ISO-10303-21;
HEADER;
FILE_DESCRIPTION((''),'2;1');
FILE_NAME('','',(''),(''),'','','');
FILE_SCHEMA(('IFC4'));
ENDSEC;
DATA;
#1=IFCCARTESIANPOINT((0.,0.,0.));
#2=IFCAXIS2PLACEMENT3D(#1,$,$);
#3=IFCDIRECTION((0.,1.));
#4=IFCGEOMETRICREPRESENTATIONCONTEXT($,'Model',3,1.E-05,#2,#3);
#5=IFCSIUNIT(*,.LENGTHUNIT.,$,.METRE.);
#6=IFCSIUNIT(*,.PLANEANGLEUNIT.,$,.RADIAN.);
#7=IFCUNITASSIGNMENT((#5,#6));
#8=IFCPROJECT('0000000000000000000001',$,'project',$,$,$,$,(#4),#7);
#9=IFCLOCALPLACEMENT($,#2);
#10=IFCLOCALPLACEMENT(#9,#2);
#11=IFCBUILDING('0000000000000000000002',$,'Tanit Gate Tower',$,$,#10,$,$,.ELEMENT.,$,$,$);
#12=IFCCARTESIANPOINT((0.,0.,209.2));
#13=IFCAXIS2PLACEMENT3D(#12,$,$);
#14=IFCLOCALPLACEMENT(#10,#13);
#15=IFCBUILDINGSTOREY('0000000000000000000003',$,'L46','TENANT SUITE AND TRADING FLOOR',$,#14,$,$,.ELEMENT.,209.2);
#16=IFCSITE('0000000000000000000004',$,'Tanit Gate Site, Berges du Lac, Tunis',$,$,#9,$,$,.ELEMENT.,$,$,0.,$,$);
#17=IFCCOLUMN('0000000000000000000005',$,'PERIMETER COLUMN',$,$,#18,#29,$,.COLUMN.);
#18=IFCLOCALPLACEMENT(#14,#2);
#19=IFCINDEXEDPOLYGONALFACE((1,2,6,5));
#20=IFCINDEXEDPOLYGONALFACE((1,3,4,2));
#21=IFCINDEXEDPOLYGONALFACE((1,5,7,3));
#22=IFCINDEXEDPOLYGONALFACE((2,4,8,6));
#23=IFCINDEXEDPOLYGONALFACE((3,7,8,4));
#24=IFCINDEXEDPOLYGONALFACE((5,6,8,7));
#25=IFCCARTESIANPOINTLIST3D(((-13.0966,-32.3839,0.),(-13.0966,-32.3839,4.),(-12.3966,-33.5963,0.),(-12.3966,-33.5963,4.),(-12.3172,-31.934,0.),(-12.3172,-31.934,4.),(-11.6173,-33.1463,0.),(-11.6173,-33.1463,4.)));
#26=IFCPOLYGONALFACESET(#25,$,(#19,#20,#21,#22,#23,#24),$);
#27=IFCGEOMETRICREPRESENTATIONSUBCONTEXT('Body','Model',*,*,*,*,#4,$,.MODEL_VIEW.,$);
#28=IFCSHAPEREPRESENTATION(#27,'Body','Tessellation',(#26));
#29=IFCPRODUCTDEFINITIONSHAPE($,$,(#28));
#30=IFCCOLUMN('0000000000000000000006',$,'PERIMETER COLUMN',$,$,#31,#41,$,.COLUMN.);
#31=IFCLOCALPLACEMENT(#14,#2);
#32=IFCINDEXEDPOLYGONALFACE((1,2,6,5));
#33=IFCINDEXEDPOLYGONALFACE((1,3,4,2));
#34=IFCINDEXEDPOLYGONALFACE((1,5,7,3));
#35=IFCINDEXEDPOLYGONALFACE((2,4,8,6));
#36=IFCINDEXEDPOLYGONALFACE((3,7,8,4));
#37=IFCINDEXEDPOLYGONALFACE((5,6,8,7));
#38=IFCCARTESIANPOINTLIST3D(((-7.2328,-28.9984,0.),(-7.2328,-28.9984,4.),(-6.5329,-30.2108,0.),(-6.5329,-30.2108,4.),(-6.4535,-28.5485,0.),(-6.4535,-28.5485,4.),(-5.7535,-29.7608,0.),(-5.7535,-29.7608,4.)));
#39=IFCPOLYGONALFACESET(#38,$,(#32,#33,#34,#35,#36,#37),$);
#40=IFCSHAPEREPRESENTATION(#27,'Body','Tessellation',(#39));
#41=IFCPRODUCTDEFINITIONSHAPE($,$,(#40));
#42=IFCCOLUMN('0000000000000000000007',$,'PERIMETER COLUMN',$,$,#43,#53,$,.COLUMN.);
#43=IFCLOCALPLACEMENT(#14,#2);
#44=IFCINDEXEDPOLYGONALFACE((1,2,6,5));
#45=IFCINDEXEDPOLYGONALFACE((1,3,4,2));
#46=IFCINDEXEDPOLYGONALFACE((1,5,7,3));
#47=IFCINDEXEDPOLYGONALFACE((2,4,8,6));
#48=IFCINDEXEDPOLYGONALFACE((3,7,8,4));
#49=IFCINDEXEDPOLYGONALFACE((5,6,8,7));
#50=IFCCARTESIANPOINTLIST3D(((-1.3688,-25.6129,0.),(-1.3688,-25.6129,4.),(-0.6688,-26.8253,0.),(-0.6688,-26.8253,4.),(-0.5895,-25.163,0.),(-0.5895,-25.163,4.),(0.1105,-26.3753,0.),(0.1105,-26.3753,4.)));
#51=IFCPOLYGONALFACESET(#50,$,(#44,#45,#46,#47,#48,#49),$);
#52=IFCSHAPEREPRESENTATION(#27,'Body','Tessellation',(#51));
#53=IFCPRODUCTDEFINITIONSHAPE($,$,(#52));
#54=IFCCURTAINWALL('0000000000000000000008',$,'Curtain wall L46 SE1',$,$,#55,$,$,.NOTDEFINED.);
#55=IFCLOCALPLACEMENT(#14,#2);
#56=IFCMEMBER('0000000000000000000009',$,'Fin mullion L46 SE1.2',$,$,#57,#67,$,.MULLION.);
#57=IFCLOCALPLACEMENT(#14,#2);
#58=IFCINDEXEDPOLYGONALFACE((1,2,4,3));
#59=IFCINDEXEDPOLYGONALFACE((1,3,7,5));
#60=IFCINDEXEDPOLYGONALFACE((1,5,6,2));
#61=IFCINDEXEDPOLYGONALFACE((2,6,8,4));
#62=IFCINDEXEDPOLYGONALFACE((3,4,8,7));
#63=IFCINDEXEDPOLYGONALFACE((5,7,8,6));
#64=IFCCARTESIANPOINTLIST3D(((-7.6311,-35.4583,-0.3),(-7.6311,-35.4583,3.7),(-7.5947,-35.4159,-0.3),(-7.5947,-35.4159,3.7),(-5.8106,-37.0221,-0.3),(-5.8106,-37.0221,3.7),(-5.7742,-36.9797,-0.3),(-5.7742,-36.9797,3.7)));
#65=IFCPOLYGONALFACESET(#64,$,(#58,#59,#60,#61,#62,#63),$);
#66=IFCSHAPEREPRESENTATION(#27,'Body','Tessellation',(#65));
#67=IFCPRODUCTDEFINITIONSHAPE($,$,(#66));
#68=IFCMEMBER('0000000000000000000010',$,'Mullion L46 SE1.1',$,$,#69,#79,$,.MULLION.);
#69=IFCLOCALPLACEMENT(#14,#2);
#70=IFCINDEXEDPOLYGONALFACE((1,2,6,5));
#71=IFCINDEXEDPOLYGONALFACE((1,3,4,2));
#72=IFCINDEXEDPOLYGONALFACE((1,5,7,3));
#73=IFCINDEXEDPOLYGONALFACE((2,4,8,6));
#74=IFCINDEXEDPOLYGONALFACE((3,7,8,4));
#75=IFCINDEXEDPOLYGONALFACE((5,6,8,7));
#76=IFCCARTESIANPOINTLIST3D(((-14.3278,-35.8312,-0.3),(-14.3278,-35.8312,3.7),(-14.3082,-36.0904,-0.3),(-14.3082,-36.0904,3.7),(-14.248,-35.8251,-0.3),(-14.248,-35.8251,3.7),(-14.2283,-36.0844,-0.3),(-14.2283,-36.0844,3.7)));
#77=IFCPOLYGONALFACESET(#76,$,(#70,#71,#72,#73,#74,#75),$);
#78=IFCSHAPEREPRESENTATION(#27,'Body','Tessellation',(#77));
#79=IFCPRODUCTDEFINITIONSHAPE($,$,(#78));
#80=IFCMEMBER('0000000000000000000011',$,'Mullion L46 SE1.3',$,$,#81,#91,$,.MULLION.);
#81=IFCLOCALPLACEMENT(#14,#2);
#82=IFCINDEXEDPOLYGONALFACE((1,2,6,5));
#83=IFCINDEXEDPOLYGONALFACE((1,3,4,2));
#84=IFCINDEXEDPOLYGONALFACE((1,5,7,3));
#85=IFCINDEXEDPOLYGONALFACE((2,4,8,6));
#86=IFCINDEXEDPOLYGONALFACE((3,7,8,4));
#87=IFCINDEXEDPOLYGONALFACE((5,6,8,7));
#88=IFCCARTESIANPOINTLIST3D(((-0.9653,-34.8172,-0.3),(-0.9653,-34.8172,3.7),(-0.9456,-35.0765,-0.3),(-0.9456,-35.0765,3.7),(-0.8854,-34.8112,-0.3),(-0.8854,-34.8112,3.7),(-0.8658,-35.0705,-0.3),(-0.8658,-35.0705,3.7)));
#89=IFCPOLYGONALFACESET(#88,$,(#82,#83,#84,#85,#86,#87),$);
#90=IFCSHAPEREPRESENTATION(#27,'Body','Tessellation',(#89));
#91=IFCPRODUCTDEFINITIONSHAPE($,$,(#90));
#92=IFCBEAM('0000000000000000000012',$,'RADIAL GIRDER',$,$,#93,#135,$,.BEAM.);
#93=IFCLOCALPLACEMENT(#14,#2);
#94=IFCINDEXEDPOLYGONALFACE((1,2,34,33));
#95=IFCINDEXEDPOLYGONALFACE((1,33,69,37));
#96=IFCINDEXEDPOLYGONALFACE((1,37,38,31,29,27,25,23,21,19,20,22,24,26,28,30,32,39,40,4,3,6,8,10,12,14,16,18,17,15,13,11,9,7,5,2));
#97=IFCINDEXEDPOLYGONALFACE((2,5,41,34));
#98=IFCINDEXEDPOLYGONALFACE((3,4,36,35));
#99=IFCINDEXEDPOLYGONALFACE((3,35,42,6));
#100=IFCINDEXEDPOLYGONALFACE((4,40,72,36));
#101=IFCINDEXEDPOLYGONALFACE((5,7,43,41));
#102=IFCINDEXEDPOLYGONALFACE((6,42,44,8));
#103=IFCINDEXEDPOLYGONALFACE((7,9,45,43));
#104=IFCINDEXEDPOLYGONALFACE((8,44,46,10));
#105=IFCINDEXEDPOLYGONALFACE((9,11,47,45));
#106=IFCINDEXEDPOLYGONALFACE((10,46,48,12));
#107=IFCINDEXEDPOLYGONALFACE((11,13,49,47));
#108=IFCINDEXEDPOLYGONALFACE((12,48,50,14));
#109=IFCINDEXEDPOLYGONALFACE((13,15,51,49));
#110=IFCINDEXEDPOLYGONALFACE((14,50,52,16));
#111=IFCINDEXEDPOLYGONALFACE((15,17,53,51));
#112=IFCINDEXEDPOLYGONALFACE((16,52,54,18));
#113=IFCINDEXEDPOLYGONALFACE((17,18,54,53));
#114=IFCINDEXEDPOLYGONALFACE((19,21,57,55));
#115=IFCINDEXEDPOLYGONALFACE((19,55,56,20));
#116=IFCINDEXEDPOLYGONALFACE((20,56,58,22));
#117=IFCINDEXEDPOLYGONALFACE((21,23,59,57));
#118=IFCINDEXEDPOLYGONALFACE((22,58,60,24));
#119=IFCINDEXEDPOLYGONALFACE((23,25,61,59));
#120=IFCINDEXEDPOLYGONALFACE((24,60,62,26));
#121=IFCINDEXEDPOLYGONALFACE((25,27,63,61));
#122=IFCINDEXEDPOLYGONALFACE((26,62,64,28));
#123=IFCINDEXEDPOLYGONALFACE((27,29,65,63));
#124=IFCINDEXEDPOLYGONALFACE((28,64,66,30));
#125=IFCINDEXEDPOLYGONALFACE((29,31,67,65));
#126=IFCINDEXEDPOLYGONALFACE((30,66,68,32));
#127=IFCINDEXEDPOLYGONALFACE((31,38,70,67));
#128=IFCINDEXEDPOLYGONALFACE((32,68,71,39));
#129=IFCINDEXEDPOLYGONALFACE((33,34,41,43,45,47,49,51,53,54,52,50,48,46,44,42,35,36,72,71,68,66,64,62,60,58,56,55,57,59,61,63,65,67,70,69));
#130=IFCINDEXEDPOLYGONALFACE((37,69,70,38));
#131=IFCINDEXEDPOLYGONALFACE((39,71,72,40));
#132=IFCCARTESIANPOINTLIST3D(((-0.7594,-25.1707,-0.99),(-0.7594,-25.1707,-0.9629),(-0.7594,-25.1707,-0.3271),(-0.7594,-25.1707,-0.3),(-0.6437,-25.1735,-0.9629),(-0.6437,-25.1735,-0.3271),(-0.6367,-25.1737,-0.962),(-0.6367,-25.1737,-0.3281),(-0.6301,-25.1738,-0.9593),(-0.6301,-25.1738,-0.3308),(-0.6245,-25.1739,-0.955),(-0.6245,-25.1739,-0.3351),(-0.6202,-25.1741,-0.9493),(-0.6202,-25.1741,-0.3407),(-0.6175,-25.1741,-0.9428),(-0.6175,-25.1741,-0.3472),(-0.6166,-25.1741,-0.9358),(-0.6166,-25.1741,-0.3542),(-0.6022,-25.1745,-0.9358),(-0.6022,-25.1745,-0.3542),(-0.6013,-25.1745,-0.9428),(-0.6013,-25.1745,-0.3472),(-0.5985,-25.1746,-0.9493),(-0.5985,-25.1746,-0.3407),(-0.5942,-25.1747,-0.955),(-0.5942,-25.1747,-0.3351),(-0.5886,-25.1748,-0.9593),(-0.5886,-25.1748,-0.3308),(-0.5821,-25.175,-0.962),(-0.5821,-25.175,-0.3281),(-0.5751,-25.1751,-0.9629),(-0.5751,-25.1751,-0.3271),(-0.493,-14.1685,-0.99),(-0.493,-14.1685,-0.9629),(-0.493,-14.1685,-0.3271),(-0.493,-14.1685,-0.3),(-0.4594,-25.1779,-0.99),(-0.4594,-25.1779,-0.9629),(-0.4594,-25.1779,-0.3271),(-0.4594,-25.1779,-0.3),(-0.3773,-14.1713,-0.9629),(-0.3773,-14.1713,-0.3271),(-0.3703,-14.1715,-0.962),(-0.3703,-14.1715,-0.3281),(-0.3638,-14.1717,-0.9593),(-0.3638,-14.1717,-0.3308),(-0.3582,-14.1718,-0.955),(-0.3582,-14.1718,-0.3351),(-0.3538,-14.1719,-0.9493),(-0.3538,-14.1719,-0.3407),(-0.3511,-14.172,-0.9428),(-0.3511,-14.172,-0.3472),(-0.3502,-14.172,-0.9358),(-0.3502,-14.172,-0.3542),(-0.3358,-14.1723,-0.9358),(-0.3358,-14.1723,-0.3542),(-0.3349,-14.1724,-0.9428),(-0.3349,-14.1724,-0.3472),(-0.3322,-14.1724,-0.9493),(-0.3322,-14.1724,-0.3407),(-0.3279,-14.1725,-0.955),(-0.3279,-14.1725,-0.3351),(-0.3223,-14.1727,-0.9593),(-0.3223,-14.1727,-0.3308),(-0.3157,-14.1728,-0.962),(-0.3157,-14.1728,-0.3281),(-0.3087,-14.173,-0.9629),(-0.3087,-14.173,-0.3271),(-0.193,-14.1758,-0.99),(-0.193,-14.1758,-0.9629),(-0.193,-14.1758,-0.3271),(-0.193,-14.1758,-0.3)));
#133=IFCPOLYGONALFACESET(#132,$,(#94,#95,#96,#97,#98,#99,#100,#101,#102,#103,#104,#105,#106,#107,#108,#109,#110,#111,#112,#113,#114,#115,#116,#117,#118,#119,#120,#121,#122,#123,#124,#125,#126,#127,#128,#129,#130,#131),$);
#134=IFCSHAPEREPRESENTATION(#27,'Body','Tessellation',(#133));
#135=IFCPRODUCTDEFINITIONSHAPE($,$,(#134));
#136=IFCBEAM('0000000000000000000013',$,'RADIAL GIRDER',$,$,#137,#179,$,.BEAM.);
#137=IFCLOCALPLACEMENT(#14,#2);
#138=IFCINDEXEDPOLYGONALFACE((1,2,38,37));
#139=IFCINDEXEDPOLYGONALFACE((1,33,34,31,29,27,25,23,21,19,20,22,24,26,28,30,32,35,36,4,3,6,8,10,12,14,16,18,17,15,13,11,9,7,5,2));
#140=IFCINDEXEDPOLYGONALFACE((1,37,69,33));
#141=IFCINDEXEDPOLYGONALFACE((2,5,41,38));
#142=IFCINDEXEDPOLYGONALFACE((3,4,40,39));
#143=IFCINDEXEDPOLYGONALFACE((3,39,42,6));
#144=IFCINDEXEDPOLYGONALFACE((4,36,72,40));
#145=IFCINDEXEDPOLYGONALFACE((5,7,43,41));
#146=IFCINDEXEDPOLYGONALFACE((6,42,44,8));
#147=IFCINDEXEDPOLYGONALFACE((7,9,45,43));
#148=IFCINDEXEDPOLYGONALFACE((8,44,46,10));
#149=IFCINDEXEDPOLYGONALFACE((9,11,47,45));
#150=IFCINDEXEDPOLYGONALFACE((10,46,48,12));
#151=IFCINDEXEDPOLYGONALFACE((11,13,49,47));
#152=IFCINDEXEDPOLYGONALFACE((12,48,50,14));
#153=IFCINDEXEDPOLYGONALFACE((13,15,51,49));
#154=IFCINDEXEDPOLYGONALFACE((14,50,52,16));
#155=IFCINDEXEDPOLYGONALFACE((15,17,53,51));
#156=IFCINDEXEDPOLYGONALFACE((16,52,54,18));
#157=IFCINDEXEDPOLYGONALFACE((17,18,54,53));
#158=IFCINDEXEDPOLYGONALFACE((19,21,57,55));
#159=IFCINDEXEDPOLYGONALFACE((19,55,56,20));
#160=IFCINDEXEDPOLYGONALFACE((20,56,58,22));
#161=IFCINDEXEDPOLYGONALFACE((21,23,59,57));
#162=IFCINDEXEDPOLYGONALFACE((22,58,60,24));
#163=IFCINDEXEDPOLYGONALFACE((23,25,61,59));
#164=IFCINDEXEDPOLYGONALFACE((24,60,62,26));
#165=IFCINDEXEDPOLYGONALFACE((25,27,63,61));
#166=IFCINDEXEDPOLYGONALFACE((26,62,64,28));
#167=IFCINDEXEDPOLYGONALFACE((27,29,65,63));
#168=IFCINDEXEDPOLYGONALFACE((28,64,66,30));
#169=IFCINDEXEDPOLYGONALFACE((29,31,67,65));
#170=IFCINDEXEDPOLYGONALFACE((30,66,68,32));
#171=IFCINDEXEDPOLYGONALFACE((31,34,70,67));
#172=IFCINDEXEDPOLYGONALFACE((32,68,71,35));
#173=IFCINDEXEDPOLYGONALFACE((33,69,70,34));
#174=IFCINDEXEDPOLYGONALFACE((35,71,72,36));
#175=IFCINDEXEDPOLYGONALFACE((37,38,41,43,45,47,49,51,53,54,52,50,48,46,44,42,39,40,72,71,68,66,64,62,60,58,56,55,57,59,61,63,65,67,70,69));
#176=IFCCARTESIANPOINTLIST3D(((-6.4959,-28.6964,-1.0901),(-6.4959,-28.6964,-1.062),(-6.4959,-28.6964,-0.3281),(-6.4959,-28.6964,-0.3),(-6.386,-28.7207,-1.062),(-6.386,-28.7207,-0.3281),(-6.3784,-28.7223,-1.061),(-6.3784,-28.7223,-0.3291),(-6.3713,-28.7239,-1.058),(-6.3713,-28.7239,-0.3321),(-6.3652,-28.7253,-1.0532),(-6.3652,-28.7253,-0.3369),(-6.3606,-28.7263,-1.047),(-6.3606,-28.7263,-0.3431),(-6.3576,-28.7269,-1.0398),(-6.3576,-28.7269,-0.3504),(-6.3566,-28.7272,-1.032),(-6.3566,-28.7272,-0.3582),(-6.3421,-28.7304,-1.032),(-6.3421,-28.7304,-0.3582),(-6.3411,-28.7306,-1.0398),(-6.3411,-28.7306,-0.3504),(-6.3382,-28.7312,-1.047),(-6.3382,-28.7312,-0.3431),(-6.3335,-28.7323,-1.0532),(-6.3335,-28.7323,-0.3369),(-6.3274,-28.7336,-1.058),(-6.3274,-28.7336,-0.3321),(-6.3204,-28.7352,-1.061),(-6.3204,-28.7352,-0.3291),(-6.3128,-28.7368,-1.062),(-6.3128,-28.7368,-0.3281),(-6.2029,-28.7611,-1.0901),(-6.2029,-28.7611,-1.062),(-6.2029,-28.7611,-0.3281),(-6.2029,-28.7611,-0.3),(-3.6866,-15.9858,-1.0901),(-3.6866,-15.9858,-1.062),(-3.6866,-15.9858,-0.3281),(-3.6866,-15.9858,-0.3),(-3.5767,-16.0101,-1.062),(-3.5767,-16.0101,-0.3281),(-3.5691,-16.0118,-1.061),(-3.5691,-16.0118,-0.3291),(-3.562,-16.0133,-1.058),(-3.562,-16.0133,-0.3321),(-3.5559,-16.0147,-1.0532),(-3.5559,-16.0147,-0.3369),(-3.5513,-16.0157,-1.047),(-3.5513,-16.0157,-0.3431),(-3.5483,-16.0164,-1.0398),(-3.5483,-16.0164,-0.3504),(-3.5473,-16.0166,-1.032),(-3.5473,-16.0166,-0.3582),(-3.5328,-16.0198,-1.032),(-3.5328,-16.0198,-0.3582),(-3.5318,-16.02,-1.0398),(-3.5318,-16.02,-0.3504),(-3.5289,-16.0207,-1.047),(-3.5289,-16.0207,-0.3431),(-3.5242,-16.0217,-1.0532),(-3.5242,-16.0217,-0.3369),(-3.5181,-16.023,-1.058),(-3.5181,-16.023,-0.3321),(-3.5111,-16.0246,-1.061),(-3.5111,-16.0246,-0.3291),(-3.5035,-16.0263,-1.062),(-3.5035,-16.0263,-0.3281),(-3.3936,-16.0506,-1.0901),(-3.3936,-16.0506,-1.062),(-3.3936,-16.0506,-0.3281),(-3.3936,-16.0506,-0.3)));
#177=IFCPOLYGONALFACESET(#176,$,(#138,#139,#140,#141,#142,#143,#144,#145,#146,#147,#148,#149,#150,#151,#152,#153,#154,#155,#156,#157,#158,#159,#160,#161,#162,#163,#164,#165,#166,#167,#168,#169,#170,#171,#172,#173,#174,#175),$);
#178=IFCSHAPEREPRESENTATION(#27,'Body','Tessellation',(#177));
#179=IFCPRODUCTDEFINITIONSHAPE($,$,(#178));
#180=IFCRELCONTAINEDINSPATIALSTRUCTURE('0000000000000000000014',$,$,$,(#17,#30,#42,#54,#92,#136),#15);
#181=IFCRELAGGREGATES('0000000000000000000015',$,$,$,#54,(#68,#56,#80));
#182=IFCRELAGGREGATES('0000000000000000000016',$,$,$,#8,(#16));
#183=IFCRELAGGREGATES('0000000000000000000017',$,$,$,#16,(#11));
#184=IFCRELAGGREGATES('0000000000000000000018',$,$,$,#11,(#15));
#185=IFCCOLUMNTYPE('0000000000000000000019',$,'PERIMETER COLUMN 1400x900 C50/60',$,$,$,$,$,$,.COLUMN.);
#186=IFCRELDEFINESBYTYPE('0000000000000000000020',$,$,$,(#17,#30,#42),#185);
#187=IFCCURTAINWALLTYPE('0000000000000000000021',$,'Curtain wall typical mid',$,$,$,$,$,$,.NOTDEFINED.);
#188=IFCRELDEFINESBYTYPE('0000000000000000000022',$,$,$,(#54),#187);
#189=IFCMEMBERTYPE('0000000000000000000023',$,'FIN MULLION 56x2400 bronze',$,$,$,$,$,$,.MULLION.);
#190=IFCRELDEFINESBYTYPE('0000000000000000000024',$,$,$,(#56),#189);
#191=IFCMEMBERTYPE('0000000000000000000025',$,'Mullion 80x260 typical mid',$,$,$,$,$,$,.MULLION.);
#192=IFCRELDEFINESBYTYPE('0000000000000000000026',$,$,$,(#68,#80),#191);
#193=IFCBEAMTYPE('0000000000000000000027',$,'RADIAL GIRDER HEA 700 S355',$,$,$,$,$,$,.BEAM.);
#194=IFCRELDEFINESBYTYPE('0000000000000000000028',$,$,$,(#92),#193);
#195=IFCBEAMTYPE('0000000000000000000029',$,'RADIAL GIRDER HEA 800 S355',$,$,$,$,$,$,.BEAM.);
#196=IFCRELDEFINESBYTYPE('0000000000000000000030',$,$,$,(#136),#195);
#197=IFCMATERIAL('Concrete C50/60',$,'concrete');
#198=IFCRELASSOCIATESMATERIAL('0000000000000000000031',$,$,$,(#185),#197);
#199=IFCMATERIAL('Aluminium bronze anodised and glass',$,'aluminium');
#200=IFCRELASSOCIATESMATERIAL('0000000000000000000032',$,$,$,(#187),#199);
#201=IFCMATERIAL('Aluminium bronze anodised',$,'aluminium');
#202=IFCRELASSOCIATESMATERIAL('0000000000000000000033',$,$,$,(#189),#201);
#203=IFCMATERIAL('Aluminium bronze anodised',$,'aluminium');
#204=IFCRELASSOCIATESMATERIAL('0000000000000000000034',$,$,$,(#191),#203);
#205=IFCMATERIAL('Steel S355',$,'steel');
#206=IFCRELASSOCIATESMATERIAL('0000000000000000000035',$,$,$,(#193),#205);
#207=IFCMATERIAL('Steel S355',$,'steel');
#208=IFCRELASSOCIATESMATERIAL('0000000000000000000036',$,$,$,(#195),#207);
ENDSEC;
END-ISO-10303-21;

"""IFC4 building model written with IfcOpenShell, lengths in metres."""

from ifc_helpers import new_model, si_unit, direction, frame, origin, origin_2d, place, context, subcontext, project, spatial, rectangle, i_section, extrude, material, material_profile, profile_set, type_object, element, aggregate, save


model = new_model("IFC4")

# Units and contexts
model_context = context("Model", 3, precision=1e-05, world=origin(), true_north=direction((0.0, 1.0)))
body_context = subcontext(model_context, "Body", "Model", "MODEL_VIEW")
ifc_project = project(units=[si_unit("LENGTHUNIT", "METRE"), si_unit("PLANEANGLEUNIT", "RADIAN")], contexts=[model_context])

# Site, building, storey
site_placement = place(None, origin())
site = spatial("IfcSite", under=ifc_project, at=site_placement, Name="Tanit Gate Site, Berges du Lac, Tunis", CompositionType="ELEMENT", RefElevation=0.0)
building_placement = place(site_placement, origin())
building = spatial("IfcBuilding", under=site, at=building_placement, Name="Tanit Gate Tower", CompositionType="ELEMENT")
storey_placement = place(building_placement, frame((0.0, 0.0, 209.2)))
storey = spatial("IfcBuildingStorey", under=building, at=storey_placement, Name="L46", Description="TENANT SUITE AND TRADING FLOOR", CompositionType="ELEMENT", Elevation=209.2)

# Columns
ifc_material_1 = material(Name="Concrete C50/60", Category="concrete")
ifc_material_profile_1 = material_profile(ifc_material_1, rectangle(XDim=1.3999, YDim=0.8999, at=origin_2d()), Name="RC 1400x900")
ifc_profile_set_1 = profile_set([ifc_material_profile_1], Name="Concrete C50/60")
column_type = type_object("IfcColumnType", Name="PERIMETER COLUMN 1400x900 C50/60", PredefinedType="COLUMN", material=ifc_profile_set_1)
for number, where, z_axis, x_axis, name in (
    (1, (-12.3569, -32.7651, 0.0), (0.0, 0.0, 1.0), (0.5, -0.866025, 0.0), "PERIMETER COLUMN"),
    (2, (-6.4932, -29.3796, 0.0), (0.0, 0.0, 1.0), (0.5, -0.866025, 0.0), "PERIMETER COLUMN"),
    (3, (-0.6292, -25.9941, 0.0), (0.0, 0.0, 1.0), (0.5, -0.866025, 0.0), "PERIMETER COLUMN"),
):
    element("IfcColumn", number, at=place(storey_placement, frame(where, z_axis=z_axis, x_axis=x_axis)), inside=storey, type_object=column_type, Name=name, PredefinedType="COLUMN", context=body_context, shape_type="SweptSolid", body=[
        extrude(rectangle(XDim=1.3999, YDim=0.8999, at=origin_2d()), origin(), (0.0, 0.0, 1.0), 4.0),
    ])

# Curtain wall, members
ifc_material_2 = material(Name="Aluminium bronze anodised and glass", Category="aluminium")
curtain_wall_type = type_object("IfcCurtainWallType", Name="Curtain wall typical mid", PredefinedType="NOTDEFINED", material=ifc_material_2)
curtain_wall_1_placement = place(storey_placement, origin())
curtain_wall_1 = element("IfcCurtainWall", 4, at=curtain_wall_1_placement, inside=storey, type_object=curtain_wall_type, Name="Curtain wall L46 SE1", PredefinedType="NOTDEFINED")
ifc_material_3 = material(Name="Aluminium bronze anodised", Category="aluminium")
ifc_material_profile_2 = material_profile(ifc_material_3, rectangle(XDim=2.3999, YDim=0.0559, at=origin_2d()), Name="56x2400 bronze fin mullion")
ifc_profile_set_2 = profile_set([ifc_material_profile_2], Name="Aluminium bronze anodised")
member_type_1 = type_object("IfcMemberType", Name="FIN MULLION 56x2400 bronze", PredefinedType="MULLION", material=ifc_profile_set_2)
member_1_placement = place(storey_placement, frame((-6.7026, -36.219, -0.3), z_axis=(0.0, 0.0, 1.0), x_axis=(-0.75857, 0.651592, 0.0)))
member_1 = element("IfcMember", 5, at=member_1_placement, type_object=member_type_1, Name="Fin mullion L46 SE1.2", PredefinedType="MULLION", context=body_context, shape_type="SweptSolid", body=[
    extrude(rectangle(XDim=2.3999, YDim=0.0559, at=origin_2d()), origin(), (0.0, 0.0, 1.0), 4.0),
])
ifc_material_4 = material(Name="Aluminium bronze anodised", Category="aluminium")
ifc_material_profile_3 = material_profile(ifc_material_4, rectangle(XDim=0.26, YDim=0.0801, at=origin_2d()), Name="80x260 bronze mullion")
ifc_profile_set_3 = profile_set([ifc_material_profile_3], Name="Aluminium bronze anodised")
member_type_2 = type_object("IfcMemberType", Name="Mullion 80x260 typical mid", PredefinedType="MULLION", material=ifc_profile_set_3)
member_2_placement = place(storey_placement, frame((-14.2781, -35.9578, -0.3), z_axis=(0.0, 0.0, 1.0), x_axis=(-0.075645, 0.997135, 0.0)))
member_2 = element("IfcMember", 6, at=member_2_placement, type_object=member_type_2, Name="Mullion L46 SE1.1", PredefinedType="MULLION", context=body_context, shape_type="SweptSolid", body=[
    extrude(rectangle(XDim=0.26, YDim=0.0801, at=origin_2d()), origin(), (0.0, 0.0, 1.0), 4.0),
])
member_3_placement = place(storey_placement, frame((-0.9155, -34.9438, -0.3), z_axis=(0.0, 0.0, 1.0), x_axis=(-0.075645, 0.997135, 0.0)))
member_3 = element("IfcMember", 7, at=member_3_placement, type_object=member_type_2, Name="Mullion L46 SE1.3", PredefinedType="MULLION", context=body_context, shape_type="SweptSolid", body=[
    extrude(rectangle(XDim=0.26, YDim=0.0801, at=origin_2d()), origin(), (0.0, 0.0, 1.0), 4.0),
])

# Beams
ifc_material_5 = material(Name="Steel S355", Category="steel")
ifc_material_profile_4 = material_profile(ifc_material_5, i_section(OverallWidth=0.3, OverallDepth=0.6899, WebThickness=0.0144, FlangeThickness=0.0271, FilletRadius=0.0271, at=origin_2d()), Name="HEA 700")
ifc_profile_set_4 = profile_set([ifc_material_profile_4], Name="Steel S355")
beam_type_1 = type_object("IfcBeamType", Name="RADIAL GIRDER HEA 700 S355", PredefinedType="BEAM", material=ifc_profile_set_4)
beam_1_placement = place(storey_placement, frame((-0.6094, -25.1743, -0.645), z_axis=(0.024202, 0.999707, 0.0), x_axis=(-0.999707, 0.024202, 0.0)))
element("IfcBeam", 8, at=beam_1_placement, inside=storey, type_object=beam_type_1, Name="RADIAL GIRDER", PredefinedType="BEAM", context=body_context, shape_type="SweptSolid", body=[
    extrude(i_section(OverallWidth=0.3, OverallDepth=0.6899, WebThickness=0.0144, FlangeThickness=0.0271, FilletRadius=0.0271, at=origin_2d()), origin(), (0.0, 0.0, 1.0), 11.0054),
])
ifc_material_6 = material(Name="Steel S355", Category="steel")
ifc_material_profile_5 = material_profile(ifc_material_6, i_section(OverallWidth=0.3, OverallDepth=0.79, WebThickness=0.0149, FlangeThickness=0.0281, FilletRadius=0.03, at=origin_2d()), Name="HEA 800")
ifc_profile_set_5 = profile_set([ifc_material_profile_5], Name="Steel S355")
beam_type_2 = type_object("IfcBeamType", Name="RADIAL GIRDER HEA 800 S355", PredefinedType="BEAM", material=ifc_profile_set_5)
beam_2_placement = place(storey_placement, frame((-6.3494, -28.7288, -0.6951), z_axis=(0.215812, 0.976435, 0.0), x_axis=(-0.976435, 0.215812, 0.0)))
element("IfcBeam", 9, at=beam_2_placement, inside=storey, type_object=beam_type_2, Name="RADIAL GIRDER", PredefinedType="BEAM", context=body_context, shape_type="SweptSolid", body=[
    extrude(i_section(OverallWidth=0.3, OverallDepth=0.79, WebThickness=0.0149, FlangeThickness=0.0281, FilletRadius=0.03, at=origin_2d()), origin(), (0.0, 0.0, 1.0), 13.0173),
])

aggregate(curtain_wall_1, [member_2, member_1, member_3])

save(model, "model.ifc")
